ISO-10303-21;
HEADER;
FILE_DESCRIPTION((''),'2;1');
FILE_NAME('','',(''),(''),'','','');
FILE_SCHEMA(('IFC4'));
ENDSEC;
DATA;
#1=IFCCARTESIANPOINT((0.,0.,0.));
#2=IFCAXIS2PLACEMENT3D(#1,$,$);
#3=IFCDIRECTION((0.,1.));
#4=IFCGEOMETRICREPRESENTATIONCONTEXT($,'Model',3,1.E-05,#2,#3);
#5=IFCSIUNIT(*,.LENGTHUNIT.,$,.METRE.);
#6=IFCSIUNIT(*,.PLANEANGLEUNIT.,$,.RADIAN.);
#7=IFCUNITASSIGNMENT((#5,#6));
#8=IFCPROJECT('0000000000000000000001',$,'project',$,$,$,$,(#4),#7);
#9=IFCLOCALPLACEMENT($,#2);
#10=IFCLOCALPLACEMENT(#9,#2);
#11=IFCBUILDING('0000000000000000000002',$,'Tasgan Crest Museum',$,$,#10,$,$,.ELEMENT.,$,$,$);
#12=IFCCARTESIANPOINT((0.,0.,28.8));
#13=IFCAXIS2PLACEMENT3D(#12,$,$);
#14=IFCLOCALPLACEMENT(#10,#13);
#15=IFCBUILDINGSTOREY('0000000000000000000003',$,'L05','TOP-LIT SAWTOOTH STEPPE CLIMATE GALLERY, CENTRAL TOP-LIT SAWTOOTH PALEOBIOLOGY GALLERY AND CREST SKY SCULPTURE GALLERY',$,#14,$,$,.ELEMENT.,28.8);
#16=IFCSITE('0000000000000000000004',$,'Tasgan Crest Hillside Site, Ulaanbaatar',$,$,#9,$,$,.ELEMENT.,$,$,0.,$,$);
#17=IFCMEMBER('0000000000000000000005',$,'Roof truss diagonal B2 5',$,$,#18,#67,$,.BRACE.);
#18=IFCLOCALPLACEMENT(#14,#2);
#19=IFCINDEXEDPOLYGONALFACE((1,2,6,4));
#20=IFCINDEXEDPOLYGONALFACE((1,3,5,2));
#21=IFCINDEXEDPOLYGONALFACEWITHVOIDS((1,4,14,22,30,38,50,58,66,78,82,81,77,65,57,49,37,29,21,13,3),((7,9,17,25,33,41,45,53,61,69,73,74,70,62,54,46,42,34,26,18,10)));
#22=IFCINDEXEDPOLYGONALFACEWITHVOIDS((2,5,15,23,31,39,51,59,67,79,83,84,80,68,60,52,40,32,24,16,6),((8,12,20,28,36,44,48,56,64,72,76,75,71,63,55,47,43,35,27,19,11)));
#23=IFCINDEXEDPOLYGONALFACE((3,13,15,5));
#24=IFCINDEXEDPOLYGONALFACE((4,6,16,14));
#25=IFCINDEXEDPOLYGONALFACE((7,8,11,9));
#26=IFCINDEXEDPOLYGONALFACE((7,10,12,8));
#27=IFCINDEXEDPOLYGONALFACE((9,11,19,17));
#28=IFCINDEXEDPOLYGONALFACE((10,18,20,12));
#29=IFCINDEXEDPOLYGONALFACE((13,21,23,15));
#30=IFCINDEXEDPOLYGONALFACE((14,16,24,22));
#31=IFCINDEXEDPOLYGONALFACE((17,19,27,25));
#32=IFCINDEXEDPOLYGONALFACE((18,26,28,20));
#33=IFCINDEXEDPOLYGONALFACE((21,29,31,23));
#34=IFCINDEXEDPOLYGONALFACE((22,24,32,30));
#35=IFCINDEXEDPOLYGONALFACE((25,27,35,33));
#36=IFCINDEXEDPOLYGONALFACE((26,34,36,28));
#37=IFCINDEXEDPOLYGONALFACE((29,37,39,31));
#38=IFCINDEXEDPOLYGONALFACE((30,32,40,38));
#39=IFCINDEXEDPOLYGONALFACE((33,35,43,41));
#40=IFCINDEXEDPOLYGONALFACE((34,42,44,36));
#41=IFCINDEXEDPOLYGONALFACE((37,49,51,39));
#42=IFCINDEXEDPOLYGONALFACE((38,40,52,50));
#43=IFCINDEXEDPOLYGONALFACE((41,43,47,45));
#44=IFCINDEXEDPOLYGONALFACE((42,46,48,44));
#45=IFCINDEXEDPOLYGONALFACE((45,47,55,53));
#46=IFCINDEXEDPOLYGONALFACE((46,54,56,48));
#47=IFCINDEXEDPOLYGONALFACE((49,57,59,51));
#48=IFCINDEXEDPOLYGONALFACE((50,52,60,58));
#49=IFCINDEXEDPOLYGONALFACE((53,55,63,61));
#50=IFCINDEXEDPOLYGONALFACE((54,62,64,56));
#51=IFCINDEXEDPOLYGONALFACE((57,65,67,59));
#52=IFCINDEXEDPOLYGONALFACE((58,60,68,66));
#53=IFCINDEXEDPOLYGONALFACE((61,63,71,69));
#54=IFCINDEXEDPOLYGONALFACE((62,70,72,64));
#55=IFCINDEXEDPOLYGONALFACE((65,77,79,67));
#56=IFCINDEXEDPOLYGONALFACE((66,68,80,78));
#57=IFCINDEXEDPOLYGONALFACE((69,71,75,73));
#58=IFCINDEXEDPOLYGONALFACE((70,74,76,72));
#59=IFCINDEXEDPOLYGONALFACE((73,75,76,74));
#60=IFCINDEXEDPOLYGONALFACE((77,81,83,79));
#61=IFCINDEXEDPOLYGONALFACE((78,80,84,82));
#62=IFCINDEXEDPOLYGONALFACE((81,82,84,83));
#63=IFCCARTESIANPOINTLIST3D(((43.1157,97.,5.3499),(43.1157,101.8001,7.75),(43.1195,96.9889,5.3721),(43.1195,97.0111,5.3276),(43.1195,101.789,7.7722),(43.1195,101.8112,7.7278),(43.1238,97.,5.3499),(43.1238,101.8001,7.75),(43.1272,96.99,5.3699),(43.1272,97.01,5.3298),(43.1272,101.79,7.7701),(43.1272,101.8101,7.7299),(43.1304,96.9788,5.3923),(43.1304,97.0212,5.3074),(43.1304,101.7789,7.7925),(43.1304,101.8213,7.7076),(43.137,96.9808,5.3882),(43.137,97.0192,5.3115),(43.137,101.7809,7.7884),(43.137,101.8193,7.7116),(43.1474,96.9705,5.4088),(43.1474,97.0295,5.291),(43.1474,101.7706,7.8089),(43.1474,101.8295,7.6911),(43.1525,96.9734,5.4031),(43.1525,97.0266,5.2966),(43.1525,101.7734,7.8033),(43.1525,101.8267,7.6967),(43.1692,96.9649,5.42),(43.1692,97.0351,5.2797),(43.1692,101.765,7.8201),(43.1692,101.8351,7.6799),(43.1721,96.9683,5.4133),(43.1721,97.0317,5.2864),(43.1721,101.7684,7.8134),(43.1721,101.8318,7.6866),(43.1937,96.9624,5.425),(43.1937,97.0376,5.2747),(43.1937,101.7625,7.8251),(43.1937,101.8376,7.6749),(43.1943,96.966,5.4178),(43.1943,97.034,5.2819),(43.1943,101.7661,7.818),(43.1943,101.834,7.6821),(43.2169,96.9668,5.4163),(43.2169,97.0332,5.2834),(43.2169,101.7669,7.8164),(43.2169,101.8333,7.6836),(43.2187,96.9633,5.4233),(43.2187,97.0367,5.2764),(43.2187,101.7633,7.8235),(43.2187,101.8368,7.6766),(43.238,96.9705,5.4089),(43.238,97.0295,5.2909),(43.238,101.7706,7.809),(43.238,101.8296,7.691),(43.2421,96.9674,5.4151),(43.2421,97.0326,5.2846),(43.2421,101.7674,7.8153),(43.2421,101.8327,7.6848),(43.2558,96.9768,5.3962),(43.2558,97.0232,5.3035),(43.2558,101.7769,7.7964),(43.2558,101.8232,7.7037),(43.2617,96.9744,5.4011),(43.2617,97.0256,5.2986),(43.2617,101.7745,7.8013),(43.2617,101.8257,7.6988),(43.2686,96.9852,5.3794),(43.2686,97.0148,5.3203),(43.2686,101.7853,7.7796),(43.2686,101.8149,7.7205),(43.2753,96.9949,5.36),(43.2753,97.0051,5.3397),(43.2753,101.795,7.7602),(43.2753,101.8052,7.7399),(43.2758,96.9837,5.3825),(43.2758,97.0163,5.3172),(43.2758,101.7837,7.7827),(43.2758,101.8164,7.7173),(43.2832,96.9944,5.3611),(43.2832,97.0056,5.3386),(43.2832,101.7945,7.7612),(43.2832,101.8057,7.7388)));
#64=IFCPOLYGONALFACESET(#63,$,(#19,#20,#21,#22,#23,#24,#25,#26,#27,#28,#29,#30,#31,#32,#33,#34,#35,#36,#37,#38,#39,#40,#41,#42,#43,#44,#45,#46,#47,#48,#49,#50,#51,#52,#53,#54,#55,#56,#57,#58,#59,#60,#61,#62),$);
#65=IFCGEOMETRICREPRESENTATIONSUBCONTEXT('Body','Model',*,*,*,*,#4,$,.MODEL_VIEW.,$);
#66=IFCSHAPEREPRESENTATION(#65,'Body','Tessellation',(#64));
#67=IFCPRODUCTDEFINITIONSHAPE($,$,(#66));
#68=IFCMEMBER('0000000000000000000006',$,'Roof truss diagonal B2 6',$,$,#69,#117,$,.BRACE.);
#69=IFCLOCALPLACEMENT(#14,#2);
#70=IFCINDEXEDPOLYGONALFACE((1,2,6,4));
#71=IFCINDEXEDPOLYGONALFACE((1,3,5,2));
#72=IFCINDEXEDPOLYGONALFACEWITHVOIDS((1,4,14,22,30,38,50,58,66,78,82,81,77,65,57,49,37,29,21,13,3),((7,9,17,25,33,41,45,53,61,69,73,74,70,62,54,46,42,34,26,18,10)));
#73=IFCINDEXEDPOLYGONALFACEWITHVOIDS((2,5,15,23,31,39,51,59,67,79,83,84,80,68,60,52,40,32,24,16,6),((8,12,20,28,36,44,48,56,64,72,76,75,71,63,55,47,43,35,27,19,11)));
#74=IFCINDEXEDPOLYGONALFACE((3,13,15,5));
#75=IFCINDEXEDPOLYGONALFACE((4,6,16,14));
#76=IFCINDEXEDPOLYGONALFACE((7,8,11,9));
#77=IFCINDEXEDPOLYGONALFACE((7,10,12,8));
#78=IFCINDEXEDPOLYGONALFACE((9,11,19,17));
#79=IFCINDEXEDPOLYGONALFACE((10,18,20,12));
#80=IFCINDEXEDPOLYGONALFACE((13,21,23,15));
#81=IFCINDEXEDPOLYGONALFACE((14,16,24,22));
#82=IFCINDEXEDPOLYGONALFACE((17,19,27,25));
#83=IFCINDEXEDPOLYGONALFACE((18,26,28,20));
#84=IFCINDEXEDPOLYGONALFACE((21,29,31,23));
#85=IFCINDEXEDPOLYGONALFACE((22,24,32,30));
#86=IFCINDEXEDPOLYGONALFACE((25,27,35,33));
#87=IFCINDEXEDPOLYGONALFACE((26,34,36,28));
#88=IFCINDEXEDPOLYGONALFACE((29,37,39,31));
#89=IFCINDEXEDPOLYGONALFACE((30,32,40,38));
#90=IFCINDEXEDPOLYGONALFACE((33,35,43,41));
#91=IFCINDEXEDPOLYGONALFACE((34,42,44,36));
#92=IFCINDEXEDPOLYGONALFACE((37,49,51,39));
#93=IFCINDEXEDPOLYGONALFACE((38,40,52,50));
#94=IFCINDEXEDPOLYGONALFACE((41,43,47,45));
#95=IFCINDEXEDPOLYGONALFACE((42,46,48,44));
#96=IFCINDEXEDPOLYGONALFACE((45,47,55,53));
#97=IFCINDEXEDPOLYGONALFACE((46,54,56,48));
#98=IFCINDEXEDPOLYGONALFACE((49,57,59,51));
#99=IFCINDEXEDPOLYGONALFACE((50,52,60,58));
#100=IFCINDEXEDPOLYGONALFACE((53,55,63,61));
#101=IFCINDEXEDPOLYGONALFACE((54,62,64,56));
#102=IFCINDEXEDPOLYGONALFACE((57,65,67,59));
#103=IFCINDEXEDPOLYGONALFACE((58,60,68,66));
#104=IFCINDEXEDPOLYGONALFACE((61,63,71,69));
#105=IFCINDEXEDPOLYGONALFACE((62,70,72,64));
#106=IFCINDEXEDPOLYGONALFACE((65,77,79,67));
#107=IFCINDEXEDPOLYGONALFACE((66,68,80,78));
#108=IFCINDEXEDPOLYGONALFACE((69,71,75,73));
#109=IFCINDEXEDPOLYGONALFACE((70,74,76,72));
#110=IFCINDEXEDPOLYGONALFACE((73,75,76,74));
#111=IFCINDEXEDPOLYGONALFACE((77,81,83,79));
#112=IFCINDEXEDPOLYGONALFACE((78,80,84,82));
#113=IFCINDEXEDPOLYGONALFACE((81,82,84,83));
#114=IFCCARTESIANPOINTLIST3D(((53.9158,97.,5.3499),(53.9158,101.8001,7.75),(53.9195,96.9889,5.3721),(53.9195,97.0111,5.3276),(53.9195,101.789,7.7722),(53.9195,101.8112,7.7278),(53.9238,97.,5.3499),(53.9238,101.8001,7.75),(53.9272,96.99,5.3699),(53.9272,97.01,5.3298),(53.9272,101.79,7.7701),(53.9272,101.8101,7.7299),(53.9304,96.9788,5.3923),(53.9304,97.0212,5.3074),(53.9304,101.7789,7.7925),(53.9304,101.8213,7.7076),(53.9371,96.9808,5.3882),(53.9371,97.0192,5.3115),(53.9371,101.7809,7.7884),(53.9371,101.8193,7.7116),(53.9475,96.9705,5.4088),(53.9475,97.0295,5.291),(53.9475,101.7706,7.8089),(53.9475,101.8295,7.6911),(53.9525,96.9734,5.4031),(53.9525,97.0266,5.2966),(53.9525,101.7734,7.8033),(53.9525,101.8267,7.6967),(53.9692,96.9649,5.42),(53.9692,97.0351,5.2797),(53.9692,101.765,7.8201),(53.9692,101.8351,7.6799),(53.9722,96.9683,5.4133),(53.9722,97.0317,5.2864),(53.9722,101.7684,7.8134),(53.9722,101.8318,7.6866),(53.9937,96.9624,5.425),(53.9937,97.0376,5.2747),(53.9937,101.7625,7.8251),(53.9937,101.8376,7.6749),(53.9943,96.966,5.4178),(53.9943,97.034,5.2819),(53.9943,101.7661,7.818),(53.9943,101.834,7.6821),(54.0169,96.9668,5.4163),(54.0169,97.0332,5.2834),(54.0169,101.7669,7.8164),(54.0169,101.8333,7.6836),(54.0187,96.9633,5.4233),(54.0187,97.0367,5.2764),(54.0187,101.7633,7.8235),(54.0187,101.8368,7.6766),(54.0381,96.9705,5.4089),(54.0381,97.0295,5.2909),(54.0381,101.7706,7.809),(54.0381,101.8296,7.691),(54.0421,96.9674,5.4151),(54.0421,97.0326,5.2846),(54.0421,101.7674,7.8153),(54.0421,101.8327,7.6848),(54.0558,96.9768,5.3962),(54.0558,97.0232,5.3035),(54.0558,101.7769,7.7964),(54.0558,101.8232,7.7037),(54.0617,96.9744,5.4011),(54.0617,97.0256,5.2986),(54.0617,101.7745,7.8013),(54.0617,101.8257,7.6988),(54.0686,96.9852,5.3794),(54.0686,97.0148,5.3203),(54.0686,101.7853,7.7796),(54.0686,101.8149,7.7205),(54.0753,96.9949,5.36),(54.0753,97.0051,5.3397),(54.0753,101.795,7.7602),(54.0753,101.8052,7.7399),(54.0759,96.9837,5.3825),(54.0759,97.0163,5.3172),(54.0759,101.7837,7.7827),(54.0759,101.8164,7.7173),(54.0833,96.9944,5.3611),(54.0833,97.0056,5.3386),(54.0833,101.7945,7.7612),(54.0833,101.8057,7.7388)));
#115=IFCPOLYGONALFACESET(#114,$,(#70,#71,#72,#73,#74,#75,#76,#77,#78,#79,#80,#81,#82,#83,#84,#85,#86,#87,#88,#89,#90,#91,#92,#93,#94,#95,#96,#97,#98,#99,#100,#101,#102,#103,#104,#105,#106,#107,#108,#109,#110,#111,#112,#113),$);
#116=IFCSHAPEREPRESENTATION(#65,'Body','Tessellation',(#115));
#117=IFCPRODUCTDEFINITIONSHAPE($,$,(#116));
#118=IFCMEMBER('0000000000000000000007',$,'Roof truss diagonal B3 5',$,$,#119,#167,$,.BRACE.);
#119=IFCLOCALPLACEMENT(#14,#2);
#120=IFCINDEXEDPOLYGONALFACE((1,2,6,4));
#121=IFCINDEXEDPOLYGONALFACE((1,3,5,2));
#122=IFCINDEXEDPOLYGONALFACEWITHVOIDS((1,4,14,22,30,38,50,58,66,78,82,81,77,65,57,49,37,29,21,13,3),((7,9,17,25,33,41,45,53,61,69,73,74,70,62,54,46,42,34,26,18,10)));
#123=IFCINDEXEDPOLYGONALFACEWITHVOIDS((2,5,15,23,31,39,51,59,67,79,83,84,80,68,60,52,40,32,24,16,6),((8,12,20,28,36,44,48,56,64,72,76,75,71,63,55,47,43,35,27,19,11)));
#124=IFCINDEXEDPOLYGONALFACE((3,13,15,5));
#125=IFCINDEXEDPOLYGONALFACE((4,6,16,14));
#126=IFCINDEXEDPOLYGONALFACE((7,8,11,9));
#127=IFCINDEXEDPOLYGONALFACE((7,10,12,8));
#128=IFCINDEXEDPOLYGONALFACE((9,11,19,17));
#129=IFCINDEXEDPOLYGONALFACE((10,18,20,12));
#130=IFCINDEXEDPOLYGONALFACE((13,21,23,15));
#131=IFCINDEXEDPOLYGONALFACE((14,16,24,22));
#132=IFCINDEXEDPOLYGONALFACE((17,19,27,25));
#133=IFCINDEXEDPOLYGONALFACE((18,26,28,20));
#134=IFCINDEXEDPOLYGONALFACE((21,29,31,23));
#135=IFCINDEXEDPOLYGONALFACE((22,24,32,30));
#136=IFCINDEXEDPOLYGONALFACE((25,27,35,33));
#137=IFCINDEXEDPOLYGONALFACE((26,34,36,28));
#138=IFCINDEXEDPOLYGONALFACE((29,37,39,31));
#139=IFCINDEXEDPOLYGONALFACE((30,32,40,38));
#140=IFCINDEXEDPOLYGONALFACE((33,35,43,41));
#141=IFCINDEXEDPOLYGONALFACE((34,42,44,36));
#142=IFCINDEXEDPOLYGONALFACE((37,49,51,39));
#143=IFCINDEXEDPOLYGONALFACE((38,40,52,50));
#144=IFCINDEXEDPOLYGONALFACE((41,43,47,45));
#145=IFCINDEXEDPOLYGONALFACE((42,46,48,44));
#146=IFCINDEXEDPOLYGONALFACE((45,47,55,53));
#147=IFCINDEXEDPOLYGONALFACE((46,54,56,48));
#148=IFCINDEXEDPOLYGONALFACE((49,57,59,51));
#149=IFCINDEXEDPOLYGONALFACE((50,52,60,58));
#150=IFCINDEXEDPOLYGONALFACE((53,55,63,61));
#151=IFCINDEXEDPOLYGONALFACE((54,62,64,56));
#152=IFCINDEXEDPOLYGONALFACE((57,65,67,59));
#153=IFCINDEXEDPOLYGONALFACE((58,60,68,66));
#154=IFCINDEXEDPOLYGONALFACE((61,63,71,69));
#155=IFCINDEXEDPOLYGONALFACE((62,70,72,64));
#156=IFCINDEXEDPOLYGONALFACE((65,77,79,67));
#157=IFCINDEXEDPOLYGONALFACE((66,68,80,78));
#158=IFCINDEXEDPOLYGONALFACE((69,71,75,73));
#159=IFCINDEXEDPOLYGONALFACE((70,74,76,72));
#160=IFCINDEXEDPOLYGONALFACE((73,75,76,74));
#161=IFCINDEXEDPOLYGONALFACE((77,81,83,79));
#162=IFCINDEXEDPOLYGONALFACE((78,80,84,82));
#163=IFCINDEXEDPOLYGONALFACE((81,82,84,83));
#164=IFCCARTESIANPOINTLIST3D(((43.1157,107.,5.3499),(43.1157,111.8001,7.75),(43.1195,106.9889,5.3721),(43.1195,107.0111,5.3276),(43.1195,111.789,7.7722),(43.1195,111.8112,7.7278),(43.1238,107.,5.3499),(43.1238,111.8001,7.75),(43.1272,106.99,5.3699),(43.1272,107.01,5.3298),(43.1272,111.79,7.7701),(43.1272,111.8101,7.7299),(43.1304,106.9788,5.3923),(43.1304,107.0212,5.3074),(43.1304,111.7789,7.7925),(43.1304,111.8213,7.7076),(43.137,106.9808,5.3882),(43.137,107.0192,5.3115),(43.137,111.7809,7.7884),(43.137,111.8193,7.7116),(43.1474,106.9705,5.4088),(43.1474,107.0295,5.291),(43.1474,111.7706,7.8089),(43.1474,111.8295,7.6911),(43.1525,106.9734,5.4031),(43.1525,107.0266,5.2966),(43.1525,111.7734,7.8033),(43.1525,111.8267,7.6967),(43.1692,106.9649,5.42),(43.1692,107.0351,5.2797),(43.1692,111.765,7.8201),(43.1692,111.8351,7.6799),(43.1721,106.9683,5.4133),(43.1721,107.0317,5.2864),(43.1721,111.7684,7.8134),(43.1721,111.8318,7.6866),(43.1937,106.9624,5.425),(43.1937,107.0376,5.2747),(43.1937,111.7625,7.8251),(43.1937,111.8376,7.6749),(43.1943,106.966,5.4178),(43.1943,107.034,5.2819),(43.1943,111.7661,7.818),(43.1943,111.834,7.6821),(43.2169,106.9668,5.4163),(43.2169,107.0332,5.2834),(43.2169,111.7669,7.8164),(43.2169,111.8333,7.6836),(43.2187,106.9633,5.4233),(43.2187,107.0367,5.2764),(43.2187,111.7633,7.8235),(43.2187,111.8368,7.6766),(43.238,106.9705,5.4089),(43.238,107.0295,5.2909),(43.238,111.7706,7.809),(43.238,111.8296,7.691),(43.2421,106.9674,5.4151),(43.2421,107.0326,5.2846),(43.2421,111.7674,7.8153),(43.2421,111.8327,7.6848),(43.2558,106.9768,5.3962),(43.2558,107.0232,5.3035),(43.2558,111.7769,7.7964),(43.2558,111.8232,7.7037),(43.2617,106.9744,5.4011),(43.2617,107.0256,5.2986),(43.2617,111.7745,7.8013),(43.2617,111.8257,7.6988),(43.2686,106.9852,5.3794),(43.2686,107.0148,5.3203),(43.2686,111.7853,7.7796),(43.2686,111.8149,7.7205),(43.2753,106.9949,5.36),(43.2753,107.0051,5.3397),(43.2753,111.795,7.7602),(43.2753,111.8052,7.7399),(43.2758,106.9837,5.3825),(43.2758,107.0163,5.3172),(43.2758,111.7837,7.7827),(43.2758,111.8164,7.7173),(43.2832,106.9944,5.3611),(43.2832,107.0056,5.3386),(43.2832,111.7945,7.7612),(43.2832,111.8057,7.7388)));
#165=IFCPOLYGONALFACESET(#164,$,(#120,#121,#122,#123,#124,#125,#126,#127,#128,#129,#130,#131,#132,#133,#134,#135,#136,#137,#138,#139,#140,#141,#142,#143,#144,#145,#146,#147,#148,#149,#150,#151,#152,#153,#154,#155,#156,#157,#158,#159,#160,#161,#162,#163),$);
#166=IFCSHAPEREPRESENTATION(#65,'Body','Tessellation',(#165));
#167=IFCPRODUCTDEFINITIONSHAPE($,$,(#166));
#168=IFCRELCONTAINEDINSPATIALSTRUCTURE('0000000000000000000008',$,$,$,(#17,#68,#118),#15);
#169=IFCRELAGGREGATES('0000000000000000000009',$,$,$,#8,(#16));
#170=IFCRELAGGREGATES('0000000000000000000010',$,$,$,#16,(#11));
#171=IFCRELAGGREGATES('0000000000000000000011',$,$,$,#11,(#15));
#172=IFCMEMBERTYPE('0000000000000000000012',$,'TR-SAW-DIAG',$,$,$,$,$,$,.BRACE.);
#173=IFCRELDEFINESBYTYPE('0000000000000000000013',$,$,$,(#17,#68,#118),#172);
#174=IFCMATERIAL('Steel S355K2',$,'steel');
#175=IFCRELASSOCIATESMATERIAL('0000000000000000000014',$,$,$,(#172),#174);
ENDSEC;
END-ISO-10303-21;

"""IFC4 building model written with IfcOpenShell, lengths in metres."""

from ifc_helpers import new_model, si_unit, direction, frame, origin, origin_2d, place, context, subcontext, project, spatial, hollow_circle, extrude, material, material_profile, profile_set, type_object, element, save


model = new_model("IFC4")

# Units and contexts
model_context = context("Model", 3, precision=1e-05, world=origin(), true_north=direction((0.0, 1.0)))
body_context = subcontext(model_context, "Body", "Model", "MODEL_VIEW")
ifc_project = project(units=[si_unit("LENGTHUNIT", "METRE"), si_unit("PLANEANGLEUNIT", "RADIAN")], contexts=[model_context])

# Site, building, storey
site_placement = place(None, origin())
site = spatial("IfcSite", under=ifc_project, at=site_placement, Name="Tasgan Crest Hillside Site, Ulaanbaatar", CompositionType="ELEMENT", RefElevation=0.0)
building_placement = place(site_placement, origin())
building = spatial("IfcBuilding", under=site, at=building_placement, Name="Tasgan Crest Museum", CompositionType="ELEMENT")
storey_placement = place(building_placement, frame((0.0, 0.0, 28.8)))
storey = spatial("IfcBuildingStorey", under=building, at=storey_placement, Name="L05", Description="TOP-LIT SAWTOOTH STEPPE CLIMATE GALLERY, CENTRAL TOP-LIT SAWTOOTH PALEOBIOLOGY GALLERY AND CREST SKY SCULPTURE GALLERY", CompositionType="ELEMENT", Elevation=28.8)

# Members
ifc_material_1 = material(Name="Steel S355K2", Category="steel")
ifc_material_profile_1 = material_profile(ifc_material_1, hollow_circle(Radius=0.0842, WallThickness=0.0081, at=origin_2d()), Name="CHS 168.3x8")
ifc_profile_set_1 = profile_set([ifc_material_profile_1], Name="Steel S355K2")
member_type_1 = type_object("IfcMemberType", Name="TR-SAW-DIAG", PredefinedType="BRACE", material=ifc_profile_set_1)
for number, where, z_axis, x_axis, name in (
    (1, (43.2, 97.0, 5.3499), (0.0, 0.894418, 0.447232), (-1.0, 0.0, 0.0), "Roof truss diagonal B2 5"),
    (2, (54.0, 97.0, 5.3499), (0.0, 0.894418, 0.447232), (-1.0, 0.0, 0.0), "Roof truss diagonal B2 6"),
    (3, (43.2, 107.0, 5.3499), (0.0, 0.894418, 0.447232), (-1.0, 0.0, 0.0), "Roof truss diagonal B3 5"),
):
    element("IfcMember", number, at=place(storey_placement, frame(where, z_axis=z_axis, x_axis=x_axis)), inside=storey, type_object=member_type_1, Name=name, PredefinedType="BRACE", context=body_context, shape_type="SweptSolid", body=[
        extrude(hollow_circle(Radius=0.0842, WallThickness=0.0081, at=origin_2d()), origin(), (0.0, 0.0, 1.0), 5.3667),
    ])

save(model, "model.ifc")
